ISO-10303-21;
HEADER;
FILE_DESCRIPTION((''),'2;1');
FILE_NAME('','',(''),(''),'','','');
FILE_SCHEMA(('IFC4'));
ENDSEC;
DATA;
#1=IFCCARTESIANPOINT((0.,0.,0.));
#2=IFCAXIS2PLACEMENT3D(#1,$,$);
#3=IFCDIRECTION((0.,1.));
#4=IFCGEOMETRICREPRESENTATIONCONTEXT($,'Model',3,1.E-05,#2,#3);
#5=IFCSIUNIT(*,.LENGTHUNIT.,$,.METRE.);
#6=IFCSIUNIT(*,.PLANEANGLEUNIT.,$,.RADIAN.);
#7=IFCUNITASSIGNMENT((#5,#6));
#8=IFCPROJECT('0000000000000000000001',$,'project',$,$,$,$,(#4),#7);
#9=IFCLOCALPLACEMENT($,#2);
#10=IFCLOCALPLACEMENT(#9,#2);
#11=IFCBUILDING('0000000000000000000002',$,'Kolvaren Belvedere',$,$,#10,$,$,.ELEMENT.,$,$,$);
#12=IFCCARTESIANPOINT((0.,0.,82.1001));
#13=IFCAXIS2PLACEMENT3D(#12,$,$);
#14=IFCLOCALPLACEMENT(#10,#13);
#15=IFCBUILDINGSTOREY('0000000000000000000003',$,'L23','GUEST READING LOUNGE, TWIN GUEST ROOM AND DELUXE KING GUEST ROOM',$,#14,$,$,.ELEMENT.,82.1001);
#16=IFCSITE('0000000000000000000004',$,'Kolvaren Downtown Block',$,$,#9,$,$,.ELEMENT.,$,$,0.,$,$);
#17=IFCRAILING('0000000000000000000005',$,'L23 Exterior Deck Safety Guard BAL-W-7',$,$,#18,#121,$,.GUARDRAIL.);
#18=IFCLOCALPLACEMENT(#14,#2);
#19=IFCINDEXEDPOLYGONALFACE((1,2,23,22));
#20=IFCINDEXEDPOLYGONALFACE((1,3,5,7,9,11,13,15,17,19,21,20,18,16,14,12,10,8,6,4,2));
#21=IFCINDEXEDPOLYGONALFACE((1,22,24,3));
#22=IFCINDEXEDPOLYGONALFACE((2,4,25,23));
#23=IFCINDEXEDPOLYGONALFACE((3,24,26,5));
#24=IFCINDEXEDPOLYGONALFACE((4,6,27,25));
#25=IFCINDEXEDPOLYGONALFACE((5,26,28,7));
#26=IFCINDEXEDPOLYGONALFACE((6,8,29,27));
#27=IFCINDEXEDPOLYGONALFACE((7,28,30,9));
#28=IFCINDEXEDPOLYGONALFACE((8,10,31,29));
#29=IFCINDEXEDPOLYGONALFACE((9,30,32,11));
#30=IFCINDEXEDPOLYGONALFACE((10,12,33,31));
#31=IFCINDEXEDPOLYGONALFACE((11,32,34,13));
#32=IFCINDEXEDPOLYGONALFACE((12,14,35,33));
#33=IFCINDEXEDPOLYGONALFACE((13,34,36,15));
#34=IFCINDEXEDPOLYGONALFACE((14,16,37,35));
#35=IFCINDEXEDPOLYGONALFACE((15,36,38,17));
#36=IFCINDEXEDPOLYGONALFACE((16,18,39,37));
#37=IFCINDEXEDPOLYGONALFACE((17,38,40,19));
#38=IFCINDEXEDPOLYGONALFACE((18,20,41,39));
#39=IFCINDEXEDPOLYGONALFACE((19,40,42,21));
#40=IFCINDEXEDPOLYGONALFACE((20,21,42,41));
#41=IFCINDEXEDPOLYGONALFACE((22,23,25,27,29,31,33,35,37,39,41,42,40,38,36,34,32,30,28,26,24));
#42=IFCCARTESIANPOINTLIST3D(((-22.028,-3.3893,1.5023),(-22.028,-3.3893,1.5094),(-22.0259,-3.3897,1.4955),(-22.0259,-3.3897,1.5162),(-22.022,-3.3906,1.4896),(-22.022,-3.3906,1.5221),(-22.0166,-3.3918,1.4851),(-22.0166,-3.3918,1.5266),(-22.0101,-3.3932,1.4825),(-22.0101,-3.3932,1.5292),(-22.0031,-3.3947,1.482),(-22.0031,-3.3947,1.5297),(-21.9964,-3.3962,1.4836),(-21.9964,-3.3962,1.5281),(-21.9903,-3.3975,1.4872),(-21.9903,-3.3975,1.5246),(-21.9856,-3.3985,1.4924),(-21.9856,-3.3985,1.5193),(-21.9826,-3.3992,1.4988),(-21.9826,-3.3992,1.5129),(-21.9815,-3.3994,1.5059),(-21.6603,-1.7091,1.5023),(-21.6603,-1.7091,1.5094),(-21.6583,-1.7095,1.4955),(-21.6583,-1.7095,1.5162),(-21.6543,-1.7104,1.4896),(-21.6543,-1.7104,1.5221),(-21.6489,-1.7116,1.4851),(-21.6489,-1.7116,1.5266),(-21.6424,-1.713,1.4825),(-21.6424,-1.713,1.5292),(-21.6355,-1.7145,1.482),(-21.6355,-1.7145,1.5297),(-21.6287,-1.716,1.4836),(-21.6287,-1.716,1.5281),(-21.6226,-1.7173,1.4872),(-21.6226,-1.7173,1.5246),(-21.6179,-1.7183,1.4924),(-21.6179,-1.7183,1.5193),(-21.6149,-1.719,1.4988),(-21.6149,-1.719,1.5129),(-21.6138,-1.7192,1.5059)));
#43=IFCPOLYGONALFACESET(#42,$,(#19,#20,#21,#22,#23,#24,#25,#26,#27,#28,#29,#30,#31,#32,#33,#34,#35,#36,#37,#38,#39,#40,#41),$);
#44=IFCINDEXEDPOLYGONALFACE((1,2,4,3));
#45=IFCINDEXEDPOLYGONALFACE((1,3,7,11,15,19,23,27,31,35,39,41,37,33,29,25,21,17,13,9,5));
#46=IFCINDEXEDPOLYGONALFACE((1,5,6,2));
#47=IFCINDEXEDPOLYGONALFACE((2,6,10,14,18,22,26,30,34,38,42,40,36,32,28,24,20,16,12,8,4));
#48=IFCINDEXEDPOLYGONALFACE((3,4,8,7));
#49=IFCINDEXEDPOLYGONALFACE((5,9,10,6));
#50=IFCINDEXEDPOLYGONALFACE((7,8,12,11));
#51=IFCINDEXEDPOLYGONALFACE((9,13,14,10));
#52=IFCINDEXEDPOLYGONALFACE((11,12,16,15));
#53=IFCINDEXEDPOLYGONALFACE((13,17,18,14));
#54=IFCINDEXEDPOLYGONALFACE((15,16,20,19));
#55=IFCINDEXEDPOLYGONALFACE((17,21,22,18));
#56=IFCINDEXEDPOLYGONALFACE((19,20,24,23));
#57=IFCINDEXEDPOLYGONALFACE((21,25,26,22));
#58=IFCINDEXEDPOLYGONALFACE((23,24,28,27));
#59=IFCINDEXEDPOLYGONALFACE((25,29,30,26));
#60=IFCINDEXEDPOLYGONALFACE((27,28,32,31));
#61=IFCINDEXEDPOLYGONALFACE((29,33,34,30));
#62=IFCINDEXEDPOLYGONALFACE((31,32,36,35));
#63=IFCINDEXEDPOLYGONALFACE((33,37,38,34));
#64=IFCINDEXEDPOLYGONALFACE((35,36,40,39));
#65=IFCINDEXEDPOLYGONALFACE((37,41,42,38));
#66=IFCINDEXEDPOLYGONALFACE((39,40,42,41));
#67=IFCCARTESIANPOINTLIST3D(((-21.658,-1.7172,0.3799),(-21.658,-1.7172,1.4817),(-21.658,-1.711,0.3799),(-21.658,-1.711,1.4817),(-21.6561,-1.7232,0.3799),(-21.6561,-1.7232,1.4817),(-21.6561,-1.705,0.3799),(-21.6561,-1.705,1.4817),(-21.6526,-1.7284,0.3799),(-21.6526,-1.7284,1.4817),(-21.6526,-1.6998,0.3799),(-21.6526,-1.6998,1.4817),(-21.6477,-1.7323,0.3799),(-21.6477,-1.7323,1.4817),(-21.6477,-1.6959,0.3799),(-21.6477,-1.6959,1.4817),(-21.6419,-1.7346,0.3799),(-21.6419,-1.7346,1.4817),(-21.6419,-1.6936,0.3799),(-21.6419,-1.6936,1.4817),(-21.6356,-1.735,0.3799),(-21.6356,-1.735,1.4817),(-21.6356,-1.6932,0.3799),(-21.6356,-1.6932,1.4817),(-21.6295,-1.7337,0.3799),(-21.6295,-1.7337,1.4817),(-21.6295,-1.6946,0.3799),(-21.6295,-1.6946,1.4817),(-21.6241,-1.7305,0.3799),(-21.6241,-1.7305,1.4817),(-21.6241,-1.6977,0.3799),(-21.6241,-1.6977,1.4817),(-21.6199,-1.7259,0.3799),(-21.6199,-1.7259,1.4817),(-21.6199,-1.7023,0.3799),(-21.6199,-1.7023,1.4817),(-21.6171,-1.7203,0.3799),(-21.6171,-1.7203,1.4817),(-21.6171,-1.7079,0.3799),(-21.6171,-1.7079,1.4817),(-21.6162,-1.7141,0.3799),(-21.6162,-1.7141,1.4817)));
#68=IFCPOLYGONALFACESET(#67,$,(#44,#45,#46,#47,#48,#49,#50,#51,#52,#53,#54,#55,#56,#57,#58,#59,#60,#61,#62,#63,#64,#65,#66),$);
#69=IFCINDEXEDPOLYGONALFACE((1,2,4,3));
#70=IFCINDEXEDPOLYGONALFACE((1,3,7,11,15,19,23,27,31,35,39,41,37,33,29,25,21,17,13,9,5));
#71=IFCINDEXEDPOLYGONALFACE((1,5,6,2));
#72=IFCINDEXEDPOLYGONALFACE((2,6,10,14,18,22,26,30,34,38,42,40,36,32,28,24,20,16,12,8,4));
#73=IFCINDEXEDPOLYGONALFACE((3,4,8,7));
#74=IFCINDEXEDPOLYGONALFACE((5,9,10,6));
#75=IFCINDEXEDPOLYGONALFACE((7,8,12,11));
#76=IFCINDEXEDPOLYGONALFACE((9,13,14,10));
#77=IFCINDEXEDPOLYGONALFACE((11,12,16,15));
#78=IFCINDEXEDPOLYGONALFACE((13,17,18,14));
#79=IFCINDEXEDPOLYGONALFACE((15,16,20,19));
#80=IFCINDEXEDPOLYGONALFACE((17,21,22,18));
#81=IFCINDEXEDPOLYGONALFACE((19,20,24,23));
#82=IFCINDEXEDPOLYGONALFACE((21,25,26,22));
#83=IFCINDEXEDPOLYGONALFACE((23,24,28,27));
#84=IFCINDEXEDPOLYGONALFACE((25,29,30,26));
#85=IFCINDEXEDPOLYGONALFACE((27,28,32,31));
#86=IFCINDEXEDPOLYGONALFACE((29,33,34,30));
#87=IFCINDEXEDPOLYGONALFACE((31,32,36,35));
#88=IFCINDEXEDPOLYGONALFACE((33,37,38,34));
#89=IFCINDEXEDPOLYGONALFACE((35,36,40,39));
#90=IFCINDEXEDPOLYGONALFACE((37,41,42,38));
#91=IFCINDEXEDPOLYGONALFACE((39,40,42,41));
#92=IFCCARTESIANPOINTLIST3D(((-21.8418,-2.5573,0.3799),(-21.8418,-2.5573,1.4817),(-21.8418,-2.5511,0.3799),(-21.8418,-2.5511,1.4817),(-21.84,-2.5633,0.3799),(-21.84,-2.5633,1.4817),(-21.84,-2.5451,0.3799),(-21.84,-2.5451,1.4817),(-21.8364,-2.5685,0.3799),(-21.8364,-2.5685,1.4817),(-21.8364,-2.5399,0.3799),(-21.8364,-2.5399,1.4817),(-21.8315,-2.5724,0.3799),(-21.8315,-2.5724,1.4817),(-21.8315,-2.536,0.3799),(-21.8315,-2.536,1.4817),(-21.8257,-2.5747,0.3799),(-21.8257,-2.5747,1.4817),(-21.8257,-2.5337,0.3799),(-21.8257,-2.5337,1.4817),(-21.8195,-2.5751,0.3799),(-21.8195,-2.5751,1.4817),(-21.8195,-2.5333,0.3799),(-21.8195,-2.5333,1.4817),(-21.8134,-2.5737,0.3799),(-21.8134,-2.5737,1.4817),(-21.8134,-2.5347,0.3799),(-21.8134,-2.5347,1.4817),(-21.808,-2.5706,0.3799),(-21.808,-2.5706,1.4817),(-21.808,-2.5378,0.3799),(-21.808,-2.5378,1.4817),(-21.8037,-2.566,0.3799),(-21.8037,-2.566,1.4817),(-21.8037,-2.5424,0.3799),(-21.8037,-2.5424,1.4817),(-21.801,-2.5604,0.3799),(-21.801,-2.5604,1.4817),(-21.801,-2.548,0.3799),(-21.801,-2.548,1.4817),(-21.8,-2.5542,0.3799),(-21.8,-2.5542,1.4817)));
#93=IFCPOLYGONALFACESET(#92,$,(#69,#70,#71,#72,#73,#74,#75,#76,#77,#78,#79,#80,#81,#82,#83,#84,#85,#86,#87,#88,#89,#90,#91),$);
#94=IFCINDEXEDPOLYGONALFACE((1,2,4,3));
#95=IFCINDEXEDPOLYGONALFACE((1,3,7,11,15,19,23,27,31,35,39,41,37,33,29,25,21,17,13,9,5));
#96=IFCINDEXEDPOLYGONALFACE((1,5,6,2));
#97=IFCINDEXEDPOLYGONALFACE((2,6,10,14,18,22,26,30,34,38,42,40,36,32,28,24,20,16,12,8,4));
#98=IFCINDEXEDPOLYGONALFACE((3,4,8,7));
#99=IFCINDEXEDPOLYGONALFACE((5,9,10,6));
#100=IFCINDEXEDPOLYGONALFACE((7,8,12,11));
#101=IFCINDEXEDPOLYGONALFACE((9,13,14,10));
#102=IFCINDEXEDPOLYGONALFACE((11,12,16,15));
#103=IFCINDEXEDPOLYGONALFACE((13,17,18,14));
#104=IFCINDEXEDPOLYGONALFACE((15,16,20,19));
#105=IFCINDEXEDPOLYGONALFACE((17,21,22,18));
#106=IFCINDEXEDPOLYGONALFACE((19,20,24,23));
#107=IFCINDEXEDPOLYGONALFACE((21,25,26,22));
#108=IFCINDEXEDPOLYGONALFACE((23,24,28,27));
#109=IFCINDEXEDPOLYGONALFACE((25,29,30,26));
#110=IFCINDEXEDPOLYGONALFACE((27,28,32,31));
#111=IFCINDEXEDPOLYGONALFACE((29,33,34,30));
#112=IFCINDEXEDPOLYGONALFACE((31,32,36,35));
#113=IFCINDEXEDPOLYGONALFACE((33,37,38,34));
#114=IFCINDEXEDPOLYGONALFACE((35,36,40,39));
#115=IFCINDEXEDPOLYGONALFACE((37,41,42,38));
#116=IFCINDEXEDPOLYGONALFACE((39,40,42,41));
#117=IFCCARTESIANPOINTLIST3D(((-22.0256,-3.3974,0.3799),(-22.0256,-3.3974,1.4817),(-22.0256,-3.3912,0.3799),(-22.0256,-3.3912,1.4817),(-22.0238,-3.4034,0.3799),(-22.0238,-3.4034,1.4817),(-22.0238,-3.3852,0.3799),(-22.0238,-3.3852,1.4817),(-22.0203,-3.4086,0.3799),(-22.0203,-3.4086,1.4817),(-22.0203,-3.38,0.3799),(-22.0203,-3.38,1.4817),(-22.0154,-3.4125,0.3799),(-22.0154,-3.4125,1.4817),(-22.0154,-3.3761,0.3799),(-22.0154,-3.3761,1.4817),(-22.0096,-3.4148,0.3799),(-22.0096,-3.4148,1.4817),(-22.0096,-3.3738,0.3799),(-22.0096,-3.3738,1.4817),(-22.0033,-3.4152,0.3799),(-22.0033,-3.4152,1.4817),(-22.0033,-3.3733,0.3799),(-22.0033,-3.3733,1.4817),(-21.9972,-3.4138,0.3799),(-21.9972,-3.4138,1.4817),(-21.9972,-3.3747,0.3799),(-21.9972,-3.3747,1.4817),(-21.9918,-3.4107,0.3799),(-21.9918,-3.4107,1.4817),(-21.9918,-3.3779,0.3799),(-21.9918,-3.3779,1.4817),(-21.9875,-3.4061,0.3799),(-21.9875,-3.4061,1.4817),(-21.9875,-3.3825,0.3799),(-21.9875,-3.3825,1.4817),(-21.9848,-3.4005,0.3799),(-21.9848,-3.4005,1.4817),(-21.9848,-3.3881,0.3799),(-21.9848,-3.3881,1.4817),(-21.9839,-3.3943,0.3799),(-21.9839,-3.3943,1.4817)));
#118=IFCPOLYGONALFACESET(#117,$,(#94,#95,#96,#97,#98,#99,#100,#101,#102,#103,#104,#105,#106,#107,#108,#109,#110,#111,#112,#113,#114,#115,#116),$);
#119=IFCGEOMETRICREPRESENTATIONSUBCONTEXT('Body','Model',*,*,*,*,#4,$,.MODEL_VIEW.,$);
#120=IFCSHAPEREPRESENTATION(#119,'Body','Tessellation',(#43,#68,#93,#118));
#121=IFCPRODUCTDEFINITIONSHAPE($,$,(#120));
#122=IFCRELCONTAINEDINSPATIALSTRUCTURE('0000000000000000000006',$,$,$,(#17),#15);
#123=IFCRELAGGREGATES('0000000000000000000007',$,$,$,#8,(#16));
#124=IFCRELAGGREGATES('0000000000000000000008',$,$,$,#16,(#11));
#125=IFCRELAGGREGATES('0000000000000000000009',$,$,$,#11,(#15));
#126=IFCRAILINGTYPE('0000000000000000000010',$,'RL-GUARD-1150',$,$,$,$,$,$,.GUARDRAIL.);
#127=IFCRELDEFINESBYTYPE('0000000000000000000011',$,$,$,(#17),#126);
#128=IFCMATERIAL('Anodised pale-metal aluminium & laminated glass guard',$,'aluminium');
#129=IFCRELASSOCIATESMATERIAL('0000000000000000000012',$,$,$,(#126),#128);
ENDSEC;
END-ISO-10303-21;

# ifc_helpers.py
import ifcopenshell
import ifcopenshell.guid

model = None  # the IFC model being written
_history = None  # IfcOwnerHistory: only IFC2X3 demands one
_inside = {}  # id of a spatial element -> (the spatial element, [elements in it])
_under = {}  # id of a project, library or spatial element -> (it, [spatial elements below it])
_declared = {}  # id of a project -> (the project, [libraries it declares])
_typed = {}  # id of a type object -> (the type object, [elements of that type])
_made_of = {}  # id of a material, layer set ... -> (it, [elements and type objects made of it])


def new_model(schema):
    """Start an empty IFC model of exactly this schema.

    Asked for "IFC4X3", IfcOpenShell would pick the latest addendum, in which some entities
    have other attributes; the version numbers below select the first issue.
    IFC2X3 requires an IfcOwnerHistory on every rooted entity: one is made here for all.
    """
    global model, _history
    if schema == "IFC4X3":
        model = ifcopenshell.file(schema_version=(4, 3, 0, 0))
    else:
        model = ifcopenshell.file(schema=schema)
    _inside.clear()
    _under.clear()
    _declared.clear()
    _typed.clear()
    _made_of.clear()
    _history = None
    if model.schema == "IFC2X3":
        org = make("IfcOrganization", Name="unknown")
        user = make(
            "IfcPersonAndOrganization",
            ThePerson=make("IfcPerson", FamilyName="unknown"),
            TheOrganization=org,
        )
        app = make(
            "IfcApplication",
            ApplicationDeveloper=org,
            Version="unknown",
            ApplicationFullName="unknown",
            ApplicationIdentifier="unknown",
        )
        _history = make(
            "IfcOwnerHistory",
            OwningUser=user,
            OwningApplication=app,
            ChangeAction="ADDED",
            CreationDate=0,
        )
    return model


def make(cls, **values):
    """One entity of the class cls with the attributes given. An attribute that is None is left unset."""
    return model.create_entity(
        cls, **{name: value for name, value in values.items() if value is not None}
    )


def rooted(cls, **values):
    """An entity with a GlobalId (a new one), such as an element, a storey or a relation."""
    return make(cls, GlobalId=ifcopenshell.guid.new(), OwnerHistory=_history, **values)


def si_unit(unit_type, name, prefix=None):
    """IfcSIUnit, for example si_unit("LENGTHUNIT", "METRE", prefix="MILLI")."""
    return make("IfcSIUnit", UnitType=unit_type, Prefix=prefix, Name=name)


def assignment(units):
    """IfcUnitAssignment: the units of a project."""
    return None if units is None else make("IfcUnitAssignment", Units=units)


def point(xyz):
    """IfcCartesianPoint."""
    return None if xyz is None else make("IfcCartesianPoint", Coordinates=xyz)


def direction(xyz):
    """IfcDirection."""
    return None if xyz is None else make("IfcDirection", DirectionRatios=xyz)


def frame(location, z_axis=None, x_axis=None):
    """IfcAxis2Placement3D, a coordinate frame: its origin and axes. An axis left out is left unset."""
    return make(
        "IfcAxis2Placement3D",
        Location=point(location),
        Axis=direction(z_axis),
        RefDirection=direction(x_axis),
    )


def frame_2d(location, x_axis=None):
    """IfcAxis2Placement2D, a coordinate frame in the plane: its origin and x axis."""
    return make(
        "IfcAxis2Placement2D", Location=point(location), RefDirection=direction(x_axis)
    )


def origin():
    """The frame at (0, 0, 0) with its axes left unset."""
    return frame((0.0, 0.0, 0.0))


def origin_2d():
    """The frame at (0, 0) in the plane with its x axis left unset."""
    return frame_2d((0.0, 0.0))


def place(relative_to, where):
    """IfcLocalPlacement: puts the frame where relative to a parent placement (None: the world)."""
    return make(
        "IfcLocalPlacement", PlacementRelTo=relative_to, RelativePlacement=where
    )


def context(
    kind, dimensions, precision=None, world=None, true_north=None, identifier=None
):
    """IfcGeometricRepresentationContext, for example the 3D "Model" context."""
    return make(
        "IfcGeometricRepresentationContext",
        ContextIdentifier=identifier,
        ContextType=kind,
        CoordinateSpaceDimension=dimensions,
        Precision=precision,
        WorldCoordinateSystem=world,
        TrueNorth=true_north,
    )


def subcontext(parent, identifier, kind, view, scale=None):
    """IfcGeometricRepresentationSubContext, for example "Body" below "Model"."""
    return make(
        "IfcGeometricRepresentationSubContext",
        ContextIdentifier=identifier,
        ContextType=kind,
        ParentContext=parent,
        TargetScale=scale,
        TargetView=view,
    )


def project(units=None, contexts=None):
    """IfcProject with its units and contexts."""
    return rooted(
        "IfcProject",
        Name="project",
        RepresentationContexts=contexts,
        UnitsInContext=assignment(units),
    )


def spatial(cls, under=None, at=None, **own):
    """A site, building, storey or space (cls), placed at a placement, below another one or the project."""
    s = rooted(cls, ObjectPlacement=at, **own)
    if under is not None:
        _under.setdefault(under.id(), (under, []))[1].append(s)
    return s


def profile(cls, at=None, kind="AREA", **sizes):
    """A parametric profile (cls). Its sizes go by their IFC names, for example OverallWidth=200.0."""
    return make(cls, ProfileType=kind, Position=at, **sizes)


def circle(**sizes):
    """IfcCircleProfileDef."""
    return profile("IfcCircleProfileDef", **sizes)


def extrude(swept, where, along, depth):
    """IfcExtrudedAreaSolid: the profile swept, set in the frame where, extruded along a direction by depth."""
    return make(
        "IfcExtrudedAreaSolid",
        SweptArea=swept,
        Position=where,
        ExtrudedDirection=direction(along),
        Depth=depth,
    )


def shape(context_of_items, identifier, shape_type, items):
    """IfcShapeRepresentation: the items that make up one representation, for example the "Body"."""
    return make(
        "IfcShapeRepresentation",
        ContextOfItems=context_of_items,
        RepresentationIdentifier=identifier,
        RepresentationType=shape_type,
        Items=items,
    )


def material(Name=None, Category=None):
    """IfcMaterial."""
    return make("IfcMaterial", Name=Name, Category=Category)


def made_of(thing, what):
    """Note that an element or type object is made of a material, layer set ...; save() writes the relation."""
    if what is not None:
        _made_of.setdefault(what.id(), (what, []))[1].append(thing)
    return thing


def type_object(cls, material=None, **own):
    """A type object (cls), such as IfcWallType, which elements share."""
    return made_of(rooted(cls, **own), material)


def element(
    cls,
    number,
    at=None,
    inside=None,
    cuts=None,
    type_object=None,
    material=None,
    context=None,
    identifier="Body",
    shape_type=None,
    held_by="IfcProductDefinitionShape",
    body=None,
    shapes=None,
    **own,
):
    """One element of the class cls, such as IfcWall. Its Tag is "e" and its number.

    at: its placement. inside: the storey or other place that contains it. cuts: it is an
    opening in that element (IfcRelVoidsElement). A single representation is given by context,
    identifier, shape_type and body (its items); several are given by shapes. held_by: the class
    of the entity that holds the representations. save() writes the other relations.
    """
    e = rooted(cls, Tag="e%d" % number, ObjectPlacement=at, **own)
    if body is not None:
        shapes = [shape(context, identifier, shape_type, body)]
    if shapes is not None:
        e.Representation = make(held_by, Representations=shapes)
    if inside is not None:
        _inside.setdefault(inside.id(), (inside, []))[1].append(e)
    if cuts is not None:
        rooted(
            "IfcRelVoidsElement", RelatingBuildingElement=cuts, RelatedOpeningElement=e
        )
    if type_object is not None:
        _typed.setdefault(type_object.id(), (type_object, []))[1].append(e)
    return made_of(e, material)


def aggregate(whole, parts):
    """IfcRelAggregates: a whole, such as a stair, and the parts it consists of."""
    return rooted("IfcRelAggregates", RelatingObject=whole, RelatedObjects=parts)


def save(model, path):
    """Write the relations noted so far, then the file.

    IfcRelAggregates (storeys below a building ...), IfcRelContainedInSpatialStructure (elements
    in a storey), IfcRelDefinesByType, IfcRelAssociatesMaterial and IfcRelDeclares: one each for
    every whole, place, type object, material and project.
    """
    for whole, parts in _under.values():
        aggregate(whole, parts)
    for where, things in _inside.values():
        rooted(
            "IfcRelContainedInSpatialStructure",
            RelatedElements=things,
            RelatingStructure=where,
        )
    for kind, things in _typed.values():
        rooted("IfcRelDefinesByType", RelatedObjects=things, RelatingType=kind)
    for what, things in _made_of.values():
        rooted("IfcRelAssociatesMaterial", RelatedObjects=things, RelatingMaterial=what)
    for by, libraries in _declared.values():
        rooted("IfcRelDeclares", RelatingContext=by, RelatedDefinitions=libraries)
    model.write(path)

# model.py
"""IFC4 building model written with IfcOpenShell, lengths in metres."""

from ifc_helpers import new_model, si_unit, direction, frame, origin, origin_2d, place, context, subcontext, project, spatial, circle, extrude, material, type_object, element, save


model = new_model("IFC4")

# Units and contexts
model_context = context("Model", 3, precision=1e-05, world=origin(), true_north=direction((0.0, 1.0)))
body_context = subcontext(model_context, "Body", "Model", "MODEL_VIEW")
ifc_project = project(units=[si_unit("LENGTHUNIT", "METRE"), si_unit("PLANEANGLEUNIT", "RADIAN")], contexts=[model_context])

# Site, building, storey
site_placement = place(None, origin())
site = spatial("IfcSite", under=ifc_project, at=site_placement, Name="Kolvaren Downtown Block", CompositionType="ELEMENT", RefElevation=0.0)
building_placement = place(site_placement, origin())
building = spatial("IfcBuilding", under=site, at=building_placement, Name="Kolvaren Belvedere", CompositionType="ELEMENT")
storey_placement = place(building_placement, frame((0.0, 0.0, 82.1001)))
storey = spatial("IfcBuildingStorey", under=building, at=storey_placement, Name="L23", Description="GUEST READING LOUNGE, TWIN GUEST ROOM AND DELUXE KING GUEST ROOM", CompositionType="ELEMENT", Elevation=82.1001)

# Railing
ifc_material_1 = material(Name="Anodised pale-metal aluminium & laminated glass guard", Category="aluminium")
railing_type = type_object("IfcRailingType", Name="RL-GUARD-1150", PredefinedType="GUARDRAIL", material=ifc_material_1)
railing_1_placement = place(storey_placement, frame((-21.6372, -1.7141, 0.3799)))
element("IfcRailing", 1, at=railing_1_placement, inside=storey, type_object=railing_type, Name="L23 Exterior Deck Safety Guard BAL-W-7", PredefinedType="GUARDRAIL", context=body_context, shape_type="SweptSolid", body=[
    extrude(circle(Radius=0.0239, at=origin_2d()), frame((0.0, 0.0, 1.126), z_axis=(-0.213773, -0.976883, 0.0), x_axis=(0.976883, -0.213773, 0.0)), (0.0, 0.0, 1.0), 1.72),
    extrude(circle(Radius=0.021, at=origin_2d()), origin(), (0.0, 0.0, 1.0), 1.1018),
    extrude(circle(Radius=0.021, at=origin_2d()), frame((-0.1838, -0.8401, 0.0)), (0.0, 0.0, 1.0), 1.1018),
    extrude(circle(Radius=0.021, at=origin_2d()), frame((-0.3677, -1.6802, 0.0)), (0.0, 0.0, 1.0), 1.1018),
])

save(model, "model.ifc")
